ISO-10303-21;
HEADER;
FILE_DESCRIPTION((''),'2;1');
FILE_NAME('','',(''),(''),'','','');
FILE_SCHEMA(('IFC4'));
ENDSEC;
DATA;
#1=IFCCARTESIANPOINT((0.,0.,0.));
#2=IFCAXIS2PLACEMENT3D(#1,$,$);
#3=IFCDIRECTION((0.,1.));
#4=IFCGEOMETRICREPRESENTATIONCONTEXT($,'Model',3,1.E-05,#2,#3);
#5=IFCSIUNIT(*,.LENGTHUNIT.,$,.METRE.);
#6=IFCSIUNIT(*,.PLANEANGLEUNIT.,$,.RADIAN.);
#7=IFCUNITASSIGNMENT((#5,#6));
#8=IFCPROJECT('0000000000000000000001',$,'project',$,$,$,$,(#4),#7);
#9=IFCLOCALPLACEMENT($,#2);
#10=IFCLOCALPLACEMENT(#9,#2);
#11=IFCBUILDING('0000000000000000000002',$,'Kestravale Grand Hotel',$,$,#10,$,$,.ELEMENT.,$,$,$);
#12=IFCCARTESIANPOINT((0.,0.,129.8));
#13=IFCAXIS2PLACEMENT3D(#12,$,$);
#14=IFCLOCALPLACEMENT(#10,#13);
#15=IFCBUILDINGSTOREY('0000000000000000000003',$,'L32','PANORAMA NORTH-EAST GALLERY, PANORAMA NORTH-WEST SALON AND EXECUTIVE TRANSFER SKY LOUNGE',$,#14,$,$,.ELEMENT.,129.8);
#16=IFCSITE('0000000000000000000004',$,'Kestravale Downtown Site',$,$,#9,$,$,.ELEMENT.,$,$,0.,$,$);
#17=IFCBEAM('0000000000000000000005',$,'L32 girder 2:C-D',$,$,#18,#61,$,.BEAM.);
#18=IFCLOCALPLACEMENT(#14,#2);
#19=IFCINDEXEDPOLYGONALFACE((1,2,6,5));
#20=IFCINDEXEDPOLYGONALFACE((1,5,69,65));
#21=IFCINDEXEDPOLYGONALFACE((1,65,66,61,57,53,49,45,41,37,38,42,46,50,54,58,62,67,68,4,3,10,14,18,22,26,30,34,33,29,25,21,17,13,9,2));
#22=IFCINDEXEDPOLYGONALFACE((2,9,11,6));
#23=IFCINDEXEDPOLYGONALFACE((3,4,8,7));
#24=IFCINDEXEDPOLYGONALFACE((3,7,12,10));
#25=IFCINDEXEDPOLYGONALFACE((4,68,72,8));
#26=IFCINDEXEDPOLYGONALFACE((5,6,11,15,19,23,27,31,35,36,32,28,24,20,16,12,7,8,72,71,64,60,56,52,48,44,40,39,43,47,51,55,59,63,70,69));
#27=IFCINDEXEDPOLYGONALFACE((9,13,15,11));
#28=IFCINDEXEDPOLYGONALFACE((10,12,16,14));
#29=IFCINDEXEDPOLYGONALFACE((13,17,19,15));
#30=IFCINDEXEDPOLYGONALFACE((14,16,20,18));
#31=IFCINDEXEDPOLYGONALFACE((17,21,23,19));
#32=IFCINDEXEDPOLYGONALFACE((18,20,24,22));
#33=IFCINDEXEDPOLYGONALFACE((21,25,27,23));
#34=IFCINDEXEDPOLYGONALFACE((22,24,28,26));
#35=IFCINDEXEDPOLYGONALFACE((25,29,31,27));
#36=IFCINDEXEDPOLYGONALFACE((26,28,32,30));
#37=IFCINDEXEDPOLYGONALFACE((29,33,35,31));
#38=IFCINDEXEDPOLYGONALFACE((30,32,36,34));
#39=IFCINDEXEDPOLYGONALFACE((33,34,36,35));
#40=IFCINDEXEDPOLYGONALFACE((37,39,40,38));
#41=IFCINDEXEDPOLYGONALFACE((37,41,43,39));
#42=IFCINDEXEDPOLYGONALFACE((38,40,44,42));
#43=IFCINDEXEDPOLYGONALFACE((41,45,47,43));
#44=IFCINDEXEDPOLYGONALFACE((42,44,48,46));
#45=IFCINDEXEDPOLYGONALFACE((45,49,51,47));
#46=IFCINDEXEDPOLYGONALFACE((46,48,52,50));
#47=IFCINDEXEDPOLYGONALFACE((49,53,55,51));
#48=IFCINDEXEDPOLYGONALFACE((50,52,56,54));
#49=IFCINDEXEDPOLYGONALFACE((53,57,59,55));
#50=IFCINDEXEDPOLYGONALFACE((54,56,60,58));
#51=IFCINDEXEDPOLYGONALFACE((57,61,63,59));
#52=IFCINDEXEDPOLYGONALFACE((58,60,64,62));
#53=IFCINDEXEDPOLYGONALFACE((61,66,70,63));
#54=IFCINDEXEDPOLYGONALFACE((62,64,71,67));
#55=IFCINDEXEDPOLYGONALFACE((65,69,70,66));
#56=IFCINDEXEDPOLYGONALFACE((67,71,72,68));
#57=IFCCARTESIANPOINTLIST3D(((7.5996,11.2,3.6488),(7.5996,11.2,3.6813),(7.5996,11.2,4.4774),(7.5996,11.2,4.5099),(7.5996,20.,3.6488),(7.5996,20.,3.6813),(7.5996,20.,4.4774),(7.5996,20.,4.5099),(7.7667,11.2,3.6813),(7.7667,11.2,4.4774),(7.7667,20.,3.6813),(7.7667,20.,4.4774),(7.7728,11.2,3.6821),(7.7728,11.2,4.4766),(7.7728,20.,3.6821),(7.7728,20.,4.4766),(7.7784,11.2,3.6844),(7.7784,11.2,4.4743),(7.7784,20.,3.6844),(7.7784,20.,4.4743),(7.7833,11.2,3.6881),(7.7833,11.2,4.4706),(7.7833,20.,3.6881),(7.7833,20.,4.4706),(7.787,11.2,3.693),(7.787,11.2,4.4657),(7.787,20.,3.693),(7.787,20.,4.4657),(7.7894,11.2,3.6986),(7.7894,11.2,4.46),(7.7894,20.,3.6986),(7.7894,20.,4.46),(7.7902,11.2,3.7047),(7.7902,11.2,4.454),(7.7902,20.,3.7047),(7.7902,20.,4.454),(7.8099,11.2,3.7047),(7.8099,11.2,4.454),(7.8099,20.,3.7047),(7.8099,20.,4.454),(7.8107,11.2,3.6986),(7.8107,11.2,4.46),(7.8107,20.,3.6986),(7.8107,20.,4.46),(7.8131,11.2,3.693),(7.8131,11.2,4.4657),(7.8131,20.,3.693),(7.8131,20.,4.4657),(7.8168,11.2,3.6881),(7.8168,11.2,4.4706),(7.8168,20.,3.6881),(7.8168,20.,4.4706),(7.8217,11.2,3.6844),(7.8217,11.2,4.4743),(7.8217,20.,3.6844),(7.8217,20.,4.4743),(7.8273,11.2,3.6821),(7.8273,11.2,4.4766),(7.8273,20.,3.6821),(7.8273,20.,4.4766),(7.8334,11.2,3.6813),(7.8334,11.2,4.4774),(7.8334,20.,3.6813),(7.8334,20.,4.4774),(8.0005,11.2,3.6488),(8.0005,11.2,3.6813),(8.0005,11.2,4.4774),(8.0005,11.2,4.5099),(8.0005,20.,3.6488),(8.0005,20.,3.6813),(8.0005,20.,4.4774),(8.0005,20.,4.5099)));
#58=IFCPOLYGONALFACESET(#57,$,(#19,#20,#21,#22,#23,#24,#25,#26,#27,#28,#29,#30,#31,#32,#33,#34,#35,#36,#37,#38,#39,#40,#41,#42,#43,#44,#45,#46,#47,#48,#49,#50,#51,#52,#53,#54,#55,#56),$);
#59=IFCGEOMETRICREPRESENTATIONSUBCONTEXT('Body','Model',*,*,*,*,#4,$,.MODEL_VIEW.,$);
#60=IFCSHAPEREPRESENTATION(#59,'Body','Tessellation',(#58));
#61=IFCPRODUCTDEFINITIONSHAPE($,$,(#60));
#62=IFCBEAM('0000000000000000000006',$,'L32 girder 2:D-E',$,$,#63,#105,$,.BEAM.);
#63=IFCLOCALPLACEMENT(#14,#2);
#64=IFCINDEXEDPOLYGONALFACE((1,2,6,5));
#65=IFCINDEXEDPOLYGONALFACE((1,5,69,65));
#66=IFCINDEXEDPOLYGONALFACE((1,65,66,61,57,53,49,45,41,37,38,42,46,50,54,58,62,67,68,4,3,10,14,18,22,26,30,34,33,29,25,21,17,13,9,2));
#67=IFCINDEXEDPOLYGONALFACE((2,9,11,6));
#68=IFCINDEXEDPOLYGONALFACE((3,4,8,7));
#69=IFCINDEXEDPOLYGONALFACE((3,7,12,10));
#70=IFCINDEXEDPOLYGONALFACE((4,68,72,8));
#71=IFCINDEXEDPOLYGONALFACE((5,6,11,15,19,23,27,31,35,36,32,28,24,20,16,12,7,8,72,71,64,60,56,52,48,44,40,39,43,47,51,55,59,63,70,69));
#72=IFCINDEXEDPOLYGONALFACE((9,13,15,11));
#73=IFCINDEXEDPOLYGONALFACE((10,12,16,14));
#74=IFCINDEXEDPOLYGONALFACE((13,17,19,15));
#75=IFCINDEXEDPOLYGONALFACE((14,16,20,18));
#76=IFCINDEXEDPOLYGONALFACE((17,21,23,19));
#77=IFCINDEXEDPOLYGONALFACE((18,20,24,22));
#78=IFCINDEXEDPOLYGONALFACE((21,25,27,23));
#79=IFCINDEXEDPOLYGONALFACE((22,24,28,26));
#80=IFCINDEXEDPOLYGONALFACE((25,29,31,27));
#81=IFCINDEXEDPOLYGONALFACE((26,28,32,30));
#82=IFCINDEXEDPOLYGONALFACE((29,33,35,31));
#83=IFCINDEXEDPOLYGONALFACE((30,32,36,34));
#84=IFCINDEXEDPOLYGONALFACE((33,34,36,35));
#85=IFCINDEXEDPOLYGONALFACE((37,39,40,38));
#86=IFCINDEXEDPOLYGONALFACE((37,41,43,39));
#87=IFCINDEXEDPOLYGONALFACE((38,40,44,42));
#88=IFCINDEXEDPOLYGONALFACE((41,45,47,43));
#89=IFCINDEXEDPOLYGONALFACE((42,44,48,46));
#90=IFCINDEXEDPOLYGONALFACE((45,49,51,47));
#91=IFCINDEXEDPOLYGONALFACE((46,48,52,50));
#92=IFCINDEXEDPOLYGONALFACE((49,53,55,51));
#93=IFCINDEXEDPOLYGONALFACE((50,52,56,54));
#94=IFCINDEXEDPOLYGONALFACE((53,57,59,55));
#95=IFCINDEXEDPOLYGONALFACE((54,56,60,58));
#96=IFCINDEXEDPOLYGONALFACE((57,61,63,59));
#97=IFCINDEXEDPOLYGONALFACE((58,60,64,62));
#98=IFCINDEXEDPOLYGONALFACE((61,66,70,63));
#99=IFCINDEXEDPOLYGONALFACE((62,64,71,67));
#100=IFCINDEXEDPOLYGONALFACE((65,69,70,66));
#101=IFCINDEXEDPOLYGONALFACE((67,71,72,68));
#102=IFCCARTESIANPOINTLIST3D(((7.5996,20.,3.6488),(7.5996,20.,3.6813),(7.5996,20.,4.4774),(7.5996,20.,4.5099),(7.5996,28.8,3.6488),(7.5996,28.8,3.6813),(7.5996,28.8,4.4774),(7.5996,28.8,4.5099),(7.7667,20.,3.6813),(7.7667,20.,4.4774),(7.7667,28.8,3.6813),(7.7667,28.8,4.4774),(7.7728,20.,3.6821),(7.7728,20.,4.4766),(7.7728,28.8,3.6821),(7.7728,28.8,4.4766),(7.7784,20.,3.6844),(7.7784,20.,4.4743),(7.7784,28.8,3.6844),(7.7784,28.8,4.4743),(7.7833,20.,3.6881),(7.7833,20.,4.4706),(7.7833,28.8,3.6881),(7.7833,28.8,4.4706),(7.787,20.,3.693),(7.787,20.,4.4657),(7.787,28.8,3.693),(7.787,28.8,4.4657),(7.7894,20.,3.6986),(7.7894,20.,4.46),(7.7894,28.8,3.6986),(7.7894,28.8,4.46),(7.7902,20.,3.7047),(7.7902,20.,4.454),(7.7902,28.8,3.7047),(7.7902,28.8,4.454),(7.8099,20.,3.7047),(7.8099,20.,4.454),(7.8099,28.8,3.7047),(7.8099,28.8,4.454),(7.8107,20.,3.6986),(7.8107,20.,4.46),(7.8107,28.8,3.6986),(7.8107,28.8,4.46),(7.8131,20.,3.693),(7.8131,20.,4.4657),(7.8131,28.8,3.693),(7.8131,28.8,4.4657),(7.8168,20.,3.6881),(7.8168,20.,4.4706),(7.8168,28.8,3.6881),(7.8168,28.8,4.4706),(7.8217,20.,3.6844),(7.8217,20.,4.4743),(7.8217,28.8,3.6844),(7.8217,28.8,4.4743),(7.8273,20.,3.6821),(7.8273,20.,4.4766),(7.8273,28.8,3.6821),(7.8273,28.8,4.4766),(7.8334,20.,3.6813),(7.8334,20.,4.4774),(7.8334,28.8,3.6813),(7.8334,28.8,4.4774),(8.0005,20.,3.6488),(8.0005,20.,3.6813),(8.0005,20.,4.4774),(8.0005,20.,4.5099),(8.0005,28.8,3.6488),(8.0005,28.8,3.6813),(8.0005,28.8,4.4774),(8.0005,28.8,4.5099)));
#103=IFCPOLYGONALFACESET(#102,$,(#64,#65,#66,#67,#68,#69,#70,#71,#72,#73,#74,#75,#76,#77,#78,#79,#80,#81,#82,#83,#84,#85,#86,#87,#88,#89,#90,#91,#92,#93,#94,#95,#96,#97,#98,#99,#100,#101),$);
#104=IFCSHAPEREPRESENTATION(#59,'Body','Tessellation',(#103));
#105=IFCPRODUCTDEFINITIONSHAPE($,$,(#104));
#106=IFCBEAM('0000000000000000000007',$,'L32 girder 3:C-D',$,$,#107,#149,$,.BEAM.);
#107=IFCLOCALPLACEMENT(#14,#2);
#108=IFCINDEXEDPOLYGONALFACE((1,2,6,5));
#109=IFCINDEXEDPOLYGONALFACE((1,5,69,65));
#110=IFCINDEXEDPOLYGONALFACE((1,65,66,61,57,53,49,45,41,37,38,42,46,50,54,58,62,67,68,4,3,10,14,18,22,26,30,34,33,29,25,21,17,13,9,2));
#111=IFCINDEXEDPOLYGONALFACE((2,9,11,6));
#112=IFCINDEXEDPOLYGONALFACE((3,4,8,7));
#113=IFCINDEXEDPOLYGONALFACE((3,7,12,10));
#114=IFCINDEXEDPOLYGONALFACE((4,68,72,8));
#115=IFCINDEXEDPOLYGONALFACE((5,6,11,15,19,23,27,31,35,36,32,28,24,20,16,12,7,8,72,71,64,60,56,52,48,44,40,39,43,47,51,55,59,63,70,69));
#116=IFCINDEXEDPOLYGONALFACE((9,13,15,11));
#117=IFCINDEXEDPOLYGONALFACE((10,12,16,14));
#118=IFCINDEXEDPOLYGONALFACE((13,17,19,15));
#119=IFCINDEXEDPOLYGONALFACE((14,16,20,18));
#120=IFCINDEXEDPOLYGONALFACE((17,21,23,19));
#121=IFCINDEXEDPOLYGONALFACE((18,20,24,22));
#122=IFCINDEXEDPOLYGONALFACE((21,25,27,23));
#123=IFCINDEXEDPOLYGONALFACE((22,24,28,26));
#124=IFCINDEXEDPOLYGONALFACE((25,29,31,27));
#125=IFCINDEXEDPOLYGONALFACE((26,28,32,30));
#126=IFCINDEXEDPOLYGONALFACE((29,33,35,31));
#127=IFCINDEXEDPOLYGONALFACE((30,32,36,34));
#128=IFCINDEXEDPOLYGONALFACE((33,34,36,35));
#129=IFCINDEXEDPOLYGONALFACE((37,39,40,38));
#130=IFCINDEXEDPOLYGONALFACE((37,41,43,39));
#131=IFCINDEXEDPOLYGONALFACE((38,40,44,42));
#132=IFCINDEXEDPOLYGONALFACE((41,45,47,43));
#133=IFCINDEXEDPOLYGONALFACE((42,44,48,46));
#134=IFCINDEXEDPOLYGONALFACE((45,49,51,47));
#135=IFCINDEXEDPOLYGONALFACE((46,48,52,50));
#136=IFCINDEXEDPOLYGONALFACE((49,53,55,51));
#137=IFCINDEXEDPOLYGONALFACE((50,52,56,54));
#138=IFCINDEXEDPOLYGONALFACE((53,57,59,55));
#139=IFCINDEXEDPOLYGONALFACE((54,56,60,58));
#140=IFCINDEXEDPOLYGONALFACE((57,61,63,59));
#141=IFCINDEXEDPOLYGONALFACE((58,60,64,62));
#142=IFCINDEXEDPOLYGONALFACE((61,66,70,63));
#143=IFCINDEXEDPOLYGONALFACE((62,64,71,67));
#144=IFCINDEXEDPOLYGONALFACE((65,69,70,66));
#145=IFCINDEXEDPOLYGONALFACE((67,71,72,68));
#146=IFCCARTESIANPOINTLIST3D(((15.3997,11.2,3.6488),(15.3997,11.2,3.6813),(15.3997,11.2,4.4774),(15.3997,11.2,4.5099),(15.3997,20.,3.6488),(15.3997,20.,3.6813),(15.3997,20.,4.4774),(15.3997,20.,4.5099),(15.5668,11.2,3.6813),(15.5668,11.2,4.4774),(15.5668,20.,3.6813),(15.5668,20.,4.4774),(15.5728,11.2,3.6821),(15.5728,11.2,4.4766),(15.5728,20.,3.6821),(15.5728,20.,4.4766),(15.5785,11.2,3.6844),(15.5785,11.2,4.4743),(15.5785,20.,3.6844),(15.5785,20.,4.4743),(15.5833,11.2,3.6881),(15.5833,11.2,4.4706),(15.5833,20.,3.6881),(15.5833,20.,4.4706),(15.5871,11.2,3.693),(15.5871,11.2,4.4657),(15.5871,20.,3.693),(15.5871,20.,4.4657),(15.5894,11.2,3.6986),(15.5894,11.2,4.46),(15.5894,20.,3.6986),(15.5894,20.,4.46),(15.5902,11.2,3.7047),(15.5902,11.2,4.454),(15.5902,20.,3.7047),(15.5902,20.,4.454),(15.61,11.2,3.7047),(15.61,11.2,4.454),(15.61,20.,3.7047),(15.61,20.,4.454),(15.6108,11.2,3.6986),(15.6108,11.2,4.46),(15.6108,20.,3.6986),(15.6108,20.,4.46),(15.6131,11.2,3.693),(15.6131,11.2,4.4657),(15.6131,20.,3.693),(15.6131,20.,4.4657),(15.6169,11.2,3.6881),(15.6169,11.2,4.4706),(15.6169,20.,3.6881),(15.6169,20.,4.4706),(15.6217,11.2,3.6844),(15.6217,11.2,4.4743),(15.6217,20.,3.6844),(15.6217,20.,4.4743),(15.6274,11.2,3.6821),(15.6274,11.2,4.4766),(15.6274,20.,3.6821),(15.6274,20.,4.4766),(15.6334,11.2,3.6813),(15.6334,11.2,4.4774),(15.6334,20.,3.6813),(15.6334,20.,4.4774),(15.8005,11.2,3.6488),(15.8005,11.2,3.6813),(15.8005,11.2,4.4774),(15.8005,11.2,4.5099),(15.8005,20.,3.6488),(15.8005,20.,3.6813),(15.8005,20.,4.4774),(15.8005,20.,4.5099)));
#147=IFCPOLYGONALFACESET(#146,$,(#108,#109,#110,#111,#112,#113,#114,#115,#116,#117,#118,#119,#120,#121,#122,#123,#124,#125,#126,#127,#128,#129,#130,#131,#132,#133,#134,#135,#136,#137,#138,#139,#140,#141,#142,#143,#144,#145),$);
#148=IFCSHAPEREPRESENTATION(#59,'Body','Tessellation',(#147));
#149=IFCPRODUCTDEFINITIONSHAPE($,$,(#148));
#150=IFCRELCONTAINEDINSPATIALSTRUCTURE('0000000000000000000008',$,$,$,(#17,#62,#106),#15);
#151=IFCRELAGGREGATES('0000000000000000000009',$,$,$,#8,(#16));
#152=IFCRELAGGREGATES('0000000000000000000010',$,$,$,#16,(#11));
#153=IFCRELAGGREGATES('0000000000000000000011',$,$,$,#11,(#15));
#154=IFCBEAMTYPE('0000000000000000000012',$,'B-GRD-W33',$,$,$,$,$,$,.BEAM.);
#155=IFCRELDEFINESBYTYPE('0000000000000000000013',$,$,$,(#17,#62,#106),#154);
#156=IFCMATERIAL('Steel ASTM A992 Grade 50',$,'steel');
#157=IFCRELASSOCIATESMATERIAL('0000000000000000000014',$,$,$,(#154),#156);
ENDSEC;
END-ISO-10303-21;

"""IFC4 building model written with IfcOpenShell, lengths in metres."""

from ifc_helpers import new_model, si_unit, direction, frame, origin, origin_2d, place, context, subcontext, project, spatial, i_section, extrude, material, material_profile, profile_set, type_object, element, save


model = new_model("IFC4")

# Units and contexts
model_context = context("Model", 3, precision=1e-05, world=origin(), true_north=direction((0.0, 1.0)))
body_context = subcontext(model_context, "Body", "Model", "MODEL_VIEW")
ifc_project = project(units=[si_unit("LENGTHUNIT", "METRE"), si_unit("PLANEANGLEUNIT", "RADIAN")], contexts=[model_context])

# Site, building, storey
site_placement = place(None, origin())
site = spatial("IfcSite", under=ifc_project, at=site_placement, Name="Kestravale Downtown Site", CompositionType="ELEMENT", RefElevation=0.0)
building_placement = place(site_placement, origin())
building = spatial("IfcBuilding", under=site, at=building_placement, Name="Kestravale Grand Hotel", CompositionType="ELEMENT")
storey_placement = place(building_placement, frame((0.0, 0.0, 129.8)))
storey = spatial("IfcBuildingStorey", under=building, at=storey_placement, Name="L32", Description="PANORAMA NORTH-EAST GALLERY, PANORAMA NORTH-WEST SALON AND EXECUTIVE TRANSFER SKY LOUNGE", CompositionType="ELEMENT", Elevation=129.8)

# Beams
ifc_material_1 = material(Name="Steel ASTM A992 Grade 50", Category="steel")
ifc_material_profile_1 = material_profile(ifc_material_1, i_section(OverallWidth=0.4009, OverallDepth=0.8611, WebThickness=0.0198, FlangeThickness=0.0325, FilletRadius=0.0234, at=origin_2d()))
ifc_profile_set_1 = profile_set([ifc_material_profile_1], Name="Steel ASTM A992 Grade 50")
beam_type_1 = type_object("IfcBeamType", Name="B-GRD-W33", PredefinedType="BEAM", material=ifc_profile_set_1)
for number, where, z_axis, x_axis, name in (
    (1, (7.8, 11.2, 4.0793), (0.0, 1.0, 0.0), (-1.0, 0.0, 0.0), "L32 girder 2:C-D"),
    (2, (7.8, 20.0, 4.0793), (0.0, 1.0, 0.0), (-1.0, 0.0, 0.0), "L32 girder 2:D-E"),
    (3, (15.6001, 11.2, 4.0793), (0.0, 1.0, 0.0), (-1.0, 0.0, 0.0), "L32 girder 3:C-D"),
):
    element("IfcBeam", number, at=place(storey_placement, frame(where, z_axis=z_axis, x_axis=x_axis)), inside=storey, type_object=beam_type_1, Name=name, PredefinedType="BEAM", context=body_context, shape_type="SweptSolid", body=[
        extrude(i_section(OverallWidth=0.4009, OverallDepth=0.8611, WebThickness=0.0198, FlangeThickness=0.0325, FilletRadius=0.0234, at=origin_2d()), origin(), (0.0, 0.0, 1.0), 8.8),
    ])

save(model, "model.ifc")
